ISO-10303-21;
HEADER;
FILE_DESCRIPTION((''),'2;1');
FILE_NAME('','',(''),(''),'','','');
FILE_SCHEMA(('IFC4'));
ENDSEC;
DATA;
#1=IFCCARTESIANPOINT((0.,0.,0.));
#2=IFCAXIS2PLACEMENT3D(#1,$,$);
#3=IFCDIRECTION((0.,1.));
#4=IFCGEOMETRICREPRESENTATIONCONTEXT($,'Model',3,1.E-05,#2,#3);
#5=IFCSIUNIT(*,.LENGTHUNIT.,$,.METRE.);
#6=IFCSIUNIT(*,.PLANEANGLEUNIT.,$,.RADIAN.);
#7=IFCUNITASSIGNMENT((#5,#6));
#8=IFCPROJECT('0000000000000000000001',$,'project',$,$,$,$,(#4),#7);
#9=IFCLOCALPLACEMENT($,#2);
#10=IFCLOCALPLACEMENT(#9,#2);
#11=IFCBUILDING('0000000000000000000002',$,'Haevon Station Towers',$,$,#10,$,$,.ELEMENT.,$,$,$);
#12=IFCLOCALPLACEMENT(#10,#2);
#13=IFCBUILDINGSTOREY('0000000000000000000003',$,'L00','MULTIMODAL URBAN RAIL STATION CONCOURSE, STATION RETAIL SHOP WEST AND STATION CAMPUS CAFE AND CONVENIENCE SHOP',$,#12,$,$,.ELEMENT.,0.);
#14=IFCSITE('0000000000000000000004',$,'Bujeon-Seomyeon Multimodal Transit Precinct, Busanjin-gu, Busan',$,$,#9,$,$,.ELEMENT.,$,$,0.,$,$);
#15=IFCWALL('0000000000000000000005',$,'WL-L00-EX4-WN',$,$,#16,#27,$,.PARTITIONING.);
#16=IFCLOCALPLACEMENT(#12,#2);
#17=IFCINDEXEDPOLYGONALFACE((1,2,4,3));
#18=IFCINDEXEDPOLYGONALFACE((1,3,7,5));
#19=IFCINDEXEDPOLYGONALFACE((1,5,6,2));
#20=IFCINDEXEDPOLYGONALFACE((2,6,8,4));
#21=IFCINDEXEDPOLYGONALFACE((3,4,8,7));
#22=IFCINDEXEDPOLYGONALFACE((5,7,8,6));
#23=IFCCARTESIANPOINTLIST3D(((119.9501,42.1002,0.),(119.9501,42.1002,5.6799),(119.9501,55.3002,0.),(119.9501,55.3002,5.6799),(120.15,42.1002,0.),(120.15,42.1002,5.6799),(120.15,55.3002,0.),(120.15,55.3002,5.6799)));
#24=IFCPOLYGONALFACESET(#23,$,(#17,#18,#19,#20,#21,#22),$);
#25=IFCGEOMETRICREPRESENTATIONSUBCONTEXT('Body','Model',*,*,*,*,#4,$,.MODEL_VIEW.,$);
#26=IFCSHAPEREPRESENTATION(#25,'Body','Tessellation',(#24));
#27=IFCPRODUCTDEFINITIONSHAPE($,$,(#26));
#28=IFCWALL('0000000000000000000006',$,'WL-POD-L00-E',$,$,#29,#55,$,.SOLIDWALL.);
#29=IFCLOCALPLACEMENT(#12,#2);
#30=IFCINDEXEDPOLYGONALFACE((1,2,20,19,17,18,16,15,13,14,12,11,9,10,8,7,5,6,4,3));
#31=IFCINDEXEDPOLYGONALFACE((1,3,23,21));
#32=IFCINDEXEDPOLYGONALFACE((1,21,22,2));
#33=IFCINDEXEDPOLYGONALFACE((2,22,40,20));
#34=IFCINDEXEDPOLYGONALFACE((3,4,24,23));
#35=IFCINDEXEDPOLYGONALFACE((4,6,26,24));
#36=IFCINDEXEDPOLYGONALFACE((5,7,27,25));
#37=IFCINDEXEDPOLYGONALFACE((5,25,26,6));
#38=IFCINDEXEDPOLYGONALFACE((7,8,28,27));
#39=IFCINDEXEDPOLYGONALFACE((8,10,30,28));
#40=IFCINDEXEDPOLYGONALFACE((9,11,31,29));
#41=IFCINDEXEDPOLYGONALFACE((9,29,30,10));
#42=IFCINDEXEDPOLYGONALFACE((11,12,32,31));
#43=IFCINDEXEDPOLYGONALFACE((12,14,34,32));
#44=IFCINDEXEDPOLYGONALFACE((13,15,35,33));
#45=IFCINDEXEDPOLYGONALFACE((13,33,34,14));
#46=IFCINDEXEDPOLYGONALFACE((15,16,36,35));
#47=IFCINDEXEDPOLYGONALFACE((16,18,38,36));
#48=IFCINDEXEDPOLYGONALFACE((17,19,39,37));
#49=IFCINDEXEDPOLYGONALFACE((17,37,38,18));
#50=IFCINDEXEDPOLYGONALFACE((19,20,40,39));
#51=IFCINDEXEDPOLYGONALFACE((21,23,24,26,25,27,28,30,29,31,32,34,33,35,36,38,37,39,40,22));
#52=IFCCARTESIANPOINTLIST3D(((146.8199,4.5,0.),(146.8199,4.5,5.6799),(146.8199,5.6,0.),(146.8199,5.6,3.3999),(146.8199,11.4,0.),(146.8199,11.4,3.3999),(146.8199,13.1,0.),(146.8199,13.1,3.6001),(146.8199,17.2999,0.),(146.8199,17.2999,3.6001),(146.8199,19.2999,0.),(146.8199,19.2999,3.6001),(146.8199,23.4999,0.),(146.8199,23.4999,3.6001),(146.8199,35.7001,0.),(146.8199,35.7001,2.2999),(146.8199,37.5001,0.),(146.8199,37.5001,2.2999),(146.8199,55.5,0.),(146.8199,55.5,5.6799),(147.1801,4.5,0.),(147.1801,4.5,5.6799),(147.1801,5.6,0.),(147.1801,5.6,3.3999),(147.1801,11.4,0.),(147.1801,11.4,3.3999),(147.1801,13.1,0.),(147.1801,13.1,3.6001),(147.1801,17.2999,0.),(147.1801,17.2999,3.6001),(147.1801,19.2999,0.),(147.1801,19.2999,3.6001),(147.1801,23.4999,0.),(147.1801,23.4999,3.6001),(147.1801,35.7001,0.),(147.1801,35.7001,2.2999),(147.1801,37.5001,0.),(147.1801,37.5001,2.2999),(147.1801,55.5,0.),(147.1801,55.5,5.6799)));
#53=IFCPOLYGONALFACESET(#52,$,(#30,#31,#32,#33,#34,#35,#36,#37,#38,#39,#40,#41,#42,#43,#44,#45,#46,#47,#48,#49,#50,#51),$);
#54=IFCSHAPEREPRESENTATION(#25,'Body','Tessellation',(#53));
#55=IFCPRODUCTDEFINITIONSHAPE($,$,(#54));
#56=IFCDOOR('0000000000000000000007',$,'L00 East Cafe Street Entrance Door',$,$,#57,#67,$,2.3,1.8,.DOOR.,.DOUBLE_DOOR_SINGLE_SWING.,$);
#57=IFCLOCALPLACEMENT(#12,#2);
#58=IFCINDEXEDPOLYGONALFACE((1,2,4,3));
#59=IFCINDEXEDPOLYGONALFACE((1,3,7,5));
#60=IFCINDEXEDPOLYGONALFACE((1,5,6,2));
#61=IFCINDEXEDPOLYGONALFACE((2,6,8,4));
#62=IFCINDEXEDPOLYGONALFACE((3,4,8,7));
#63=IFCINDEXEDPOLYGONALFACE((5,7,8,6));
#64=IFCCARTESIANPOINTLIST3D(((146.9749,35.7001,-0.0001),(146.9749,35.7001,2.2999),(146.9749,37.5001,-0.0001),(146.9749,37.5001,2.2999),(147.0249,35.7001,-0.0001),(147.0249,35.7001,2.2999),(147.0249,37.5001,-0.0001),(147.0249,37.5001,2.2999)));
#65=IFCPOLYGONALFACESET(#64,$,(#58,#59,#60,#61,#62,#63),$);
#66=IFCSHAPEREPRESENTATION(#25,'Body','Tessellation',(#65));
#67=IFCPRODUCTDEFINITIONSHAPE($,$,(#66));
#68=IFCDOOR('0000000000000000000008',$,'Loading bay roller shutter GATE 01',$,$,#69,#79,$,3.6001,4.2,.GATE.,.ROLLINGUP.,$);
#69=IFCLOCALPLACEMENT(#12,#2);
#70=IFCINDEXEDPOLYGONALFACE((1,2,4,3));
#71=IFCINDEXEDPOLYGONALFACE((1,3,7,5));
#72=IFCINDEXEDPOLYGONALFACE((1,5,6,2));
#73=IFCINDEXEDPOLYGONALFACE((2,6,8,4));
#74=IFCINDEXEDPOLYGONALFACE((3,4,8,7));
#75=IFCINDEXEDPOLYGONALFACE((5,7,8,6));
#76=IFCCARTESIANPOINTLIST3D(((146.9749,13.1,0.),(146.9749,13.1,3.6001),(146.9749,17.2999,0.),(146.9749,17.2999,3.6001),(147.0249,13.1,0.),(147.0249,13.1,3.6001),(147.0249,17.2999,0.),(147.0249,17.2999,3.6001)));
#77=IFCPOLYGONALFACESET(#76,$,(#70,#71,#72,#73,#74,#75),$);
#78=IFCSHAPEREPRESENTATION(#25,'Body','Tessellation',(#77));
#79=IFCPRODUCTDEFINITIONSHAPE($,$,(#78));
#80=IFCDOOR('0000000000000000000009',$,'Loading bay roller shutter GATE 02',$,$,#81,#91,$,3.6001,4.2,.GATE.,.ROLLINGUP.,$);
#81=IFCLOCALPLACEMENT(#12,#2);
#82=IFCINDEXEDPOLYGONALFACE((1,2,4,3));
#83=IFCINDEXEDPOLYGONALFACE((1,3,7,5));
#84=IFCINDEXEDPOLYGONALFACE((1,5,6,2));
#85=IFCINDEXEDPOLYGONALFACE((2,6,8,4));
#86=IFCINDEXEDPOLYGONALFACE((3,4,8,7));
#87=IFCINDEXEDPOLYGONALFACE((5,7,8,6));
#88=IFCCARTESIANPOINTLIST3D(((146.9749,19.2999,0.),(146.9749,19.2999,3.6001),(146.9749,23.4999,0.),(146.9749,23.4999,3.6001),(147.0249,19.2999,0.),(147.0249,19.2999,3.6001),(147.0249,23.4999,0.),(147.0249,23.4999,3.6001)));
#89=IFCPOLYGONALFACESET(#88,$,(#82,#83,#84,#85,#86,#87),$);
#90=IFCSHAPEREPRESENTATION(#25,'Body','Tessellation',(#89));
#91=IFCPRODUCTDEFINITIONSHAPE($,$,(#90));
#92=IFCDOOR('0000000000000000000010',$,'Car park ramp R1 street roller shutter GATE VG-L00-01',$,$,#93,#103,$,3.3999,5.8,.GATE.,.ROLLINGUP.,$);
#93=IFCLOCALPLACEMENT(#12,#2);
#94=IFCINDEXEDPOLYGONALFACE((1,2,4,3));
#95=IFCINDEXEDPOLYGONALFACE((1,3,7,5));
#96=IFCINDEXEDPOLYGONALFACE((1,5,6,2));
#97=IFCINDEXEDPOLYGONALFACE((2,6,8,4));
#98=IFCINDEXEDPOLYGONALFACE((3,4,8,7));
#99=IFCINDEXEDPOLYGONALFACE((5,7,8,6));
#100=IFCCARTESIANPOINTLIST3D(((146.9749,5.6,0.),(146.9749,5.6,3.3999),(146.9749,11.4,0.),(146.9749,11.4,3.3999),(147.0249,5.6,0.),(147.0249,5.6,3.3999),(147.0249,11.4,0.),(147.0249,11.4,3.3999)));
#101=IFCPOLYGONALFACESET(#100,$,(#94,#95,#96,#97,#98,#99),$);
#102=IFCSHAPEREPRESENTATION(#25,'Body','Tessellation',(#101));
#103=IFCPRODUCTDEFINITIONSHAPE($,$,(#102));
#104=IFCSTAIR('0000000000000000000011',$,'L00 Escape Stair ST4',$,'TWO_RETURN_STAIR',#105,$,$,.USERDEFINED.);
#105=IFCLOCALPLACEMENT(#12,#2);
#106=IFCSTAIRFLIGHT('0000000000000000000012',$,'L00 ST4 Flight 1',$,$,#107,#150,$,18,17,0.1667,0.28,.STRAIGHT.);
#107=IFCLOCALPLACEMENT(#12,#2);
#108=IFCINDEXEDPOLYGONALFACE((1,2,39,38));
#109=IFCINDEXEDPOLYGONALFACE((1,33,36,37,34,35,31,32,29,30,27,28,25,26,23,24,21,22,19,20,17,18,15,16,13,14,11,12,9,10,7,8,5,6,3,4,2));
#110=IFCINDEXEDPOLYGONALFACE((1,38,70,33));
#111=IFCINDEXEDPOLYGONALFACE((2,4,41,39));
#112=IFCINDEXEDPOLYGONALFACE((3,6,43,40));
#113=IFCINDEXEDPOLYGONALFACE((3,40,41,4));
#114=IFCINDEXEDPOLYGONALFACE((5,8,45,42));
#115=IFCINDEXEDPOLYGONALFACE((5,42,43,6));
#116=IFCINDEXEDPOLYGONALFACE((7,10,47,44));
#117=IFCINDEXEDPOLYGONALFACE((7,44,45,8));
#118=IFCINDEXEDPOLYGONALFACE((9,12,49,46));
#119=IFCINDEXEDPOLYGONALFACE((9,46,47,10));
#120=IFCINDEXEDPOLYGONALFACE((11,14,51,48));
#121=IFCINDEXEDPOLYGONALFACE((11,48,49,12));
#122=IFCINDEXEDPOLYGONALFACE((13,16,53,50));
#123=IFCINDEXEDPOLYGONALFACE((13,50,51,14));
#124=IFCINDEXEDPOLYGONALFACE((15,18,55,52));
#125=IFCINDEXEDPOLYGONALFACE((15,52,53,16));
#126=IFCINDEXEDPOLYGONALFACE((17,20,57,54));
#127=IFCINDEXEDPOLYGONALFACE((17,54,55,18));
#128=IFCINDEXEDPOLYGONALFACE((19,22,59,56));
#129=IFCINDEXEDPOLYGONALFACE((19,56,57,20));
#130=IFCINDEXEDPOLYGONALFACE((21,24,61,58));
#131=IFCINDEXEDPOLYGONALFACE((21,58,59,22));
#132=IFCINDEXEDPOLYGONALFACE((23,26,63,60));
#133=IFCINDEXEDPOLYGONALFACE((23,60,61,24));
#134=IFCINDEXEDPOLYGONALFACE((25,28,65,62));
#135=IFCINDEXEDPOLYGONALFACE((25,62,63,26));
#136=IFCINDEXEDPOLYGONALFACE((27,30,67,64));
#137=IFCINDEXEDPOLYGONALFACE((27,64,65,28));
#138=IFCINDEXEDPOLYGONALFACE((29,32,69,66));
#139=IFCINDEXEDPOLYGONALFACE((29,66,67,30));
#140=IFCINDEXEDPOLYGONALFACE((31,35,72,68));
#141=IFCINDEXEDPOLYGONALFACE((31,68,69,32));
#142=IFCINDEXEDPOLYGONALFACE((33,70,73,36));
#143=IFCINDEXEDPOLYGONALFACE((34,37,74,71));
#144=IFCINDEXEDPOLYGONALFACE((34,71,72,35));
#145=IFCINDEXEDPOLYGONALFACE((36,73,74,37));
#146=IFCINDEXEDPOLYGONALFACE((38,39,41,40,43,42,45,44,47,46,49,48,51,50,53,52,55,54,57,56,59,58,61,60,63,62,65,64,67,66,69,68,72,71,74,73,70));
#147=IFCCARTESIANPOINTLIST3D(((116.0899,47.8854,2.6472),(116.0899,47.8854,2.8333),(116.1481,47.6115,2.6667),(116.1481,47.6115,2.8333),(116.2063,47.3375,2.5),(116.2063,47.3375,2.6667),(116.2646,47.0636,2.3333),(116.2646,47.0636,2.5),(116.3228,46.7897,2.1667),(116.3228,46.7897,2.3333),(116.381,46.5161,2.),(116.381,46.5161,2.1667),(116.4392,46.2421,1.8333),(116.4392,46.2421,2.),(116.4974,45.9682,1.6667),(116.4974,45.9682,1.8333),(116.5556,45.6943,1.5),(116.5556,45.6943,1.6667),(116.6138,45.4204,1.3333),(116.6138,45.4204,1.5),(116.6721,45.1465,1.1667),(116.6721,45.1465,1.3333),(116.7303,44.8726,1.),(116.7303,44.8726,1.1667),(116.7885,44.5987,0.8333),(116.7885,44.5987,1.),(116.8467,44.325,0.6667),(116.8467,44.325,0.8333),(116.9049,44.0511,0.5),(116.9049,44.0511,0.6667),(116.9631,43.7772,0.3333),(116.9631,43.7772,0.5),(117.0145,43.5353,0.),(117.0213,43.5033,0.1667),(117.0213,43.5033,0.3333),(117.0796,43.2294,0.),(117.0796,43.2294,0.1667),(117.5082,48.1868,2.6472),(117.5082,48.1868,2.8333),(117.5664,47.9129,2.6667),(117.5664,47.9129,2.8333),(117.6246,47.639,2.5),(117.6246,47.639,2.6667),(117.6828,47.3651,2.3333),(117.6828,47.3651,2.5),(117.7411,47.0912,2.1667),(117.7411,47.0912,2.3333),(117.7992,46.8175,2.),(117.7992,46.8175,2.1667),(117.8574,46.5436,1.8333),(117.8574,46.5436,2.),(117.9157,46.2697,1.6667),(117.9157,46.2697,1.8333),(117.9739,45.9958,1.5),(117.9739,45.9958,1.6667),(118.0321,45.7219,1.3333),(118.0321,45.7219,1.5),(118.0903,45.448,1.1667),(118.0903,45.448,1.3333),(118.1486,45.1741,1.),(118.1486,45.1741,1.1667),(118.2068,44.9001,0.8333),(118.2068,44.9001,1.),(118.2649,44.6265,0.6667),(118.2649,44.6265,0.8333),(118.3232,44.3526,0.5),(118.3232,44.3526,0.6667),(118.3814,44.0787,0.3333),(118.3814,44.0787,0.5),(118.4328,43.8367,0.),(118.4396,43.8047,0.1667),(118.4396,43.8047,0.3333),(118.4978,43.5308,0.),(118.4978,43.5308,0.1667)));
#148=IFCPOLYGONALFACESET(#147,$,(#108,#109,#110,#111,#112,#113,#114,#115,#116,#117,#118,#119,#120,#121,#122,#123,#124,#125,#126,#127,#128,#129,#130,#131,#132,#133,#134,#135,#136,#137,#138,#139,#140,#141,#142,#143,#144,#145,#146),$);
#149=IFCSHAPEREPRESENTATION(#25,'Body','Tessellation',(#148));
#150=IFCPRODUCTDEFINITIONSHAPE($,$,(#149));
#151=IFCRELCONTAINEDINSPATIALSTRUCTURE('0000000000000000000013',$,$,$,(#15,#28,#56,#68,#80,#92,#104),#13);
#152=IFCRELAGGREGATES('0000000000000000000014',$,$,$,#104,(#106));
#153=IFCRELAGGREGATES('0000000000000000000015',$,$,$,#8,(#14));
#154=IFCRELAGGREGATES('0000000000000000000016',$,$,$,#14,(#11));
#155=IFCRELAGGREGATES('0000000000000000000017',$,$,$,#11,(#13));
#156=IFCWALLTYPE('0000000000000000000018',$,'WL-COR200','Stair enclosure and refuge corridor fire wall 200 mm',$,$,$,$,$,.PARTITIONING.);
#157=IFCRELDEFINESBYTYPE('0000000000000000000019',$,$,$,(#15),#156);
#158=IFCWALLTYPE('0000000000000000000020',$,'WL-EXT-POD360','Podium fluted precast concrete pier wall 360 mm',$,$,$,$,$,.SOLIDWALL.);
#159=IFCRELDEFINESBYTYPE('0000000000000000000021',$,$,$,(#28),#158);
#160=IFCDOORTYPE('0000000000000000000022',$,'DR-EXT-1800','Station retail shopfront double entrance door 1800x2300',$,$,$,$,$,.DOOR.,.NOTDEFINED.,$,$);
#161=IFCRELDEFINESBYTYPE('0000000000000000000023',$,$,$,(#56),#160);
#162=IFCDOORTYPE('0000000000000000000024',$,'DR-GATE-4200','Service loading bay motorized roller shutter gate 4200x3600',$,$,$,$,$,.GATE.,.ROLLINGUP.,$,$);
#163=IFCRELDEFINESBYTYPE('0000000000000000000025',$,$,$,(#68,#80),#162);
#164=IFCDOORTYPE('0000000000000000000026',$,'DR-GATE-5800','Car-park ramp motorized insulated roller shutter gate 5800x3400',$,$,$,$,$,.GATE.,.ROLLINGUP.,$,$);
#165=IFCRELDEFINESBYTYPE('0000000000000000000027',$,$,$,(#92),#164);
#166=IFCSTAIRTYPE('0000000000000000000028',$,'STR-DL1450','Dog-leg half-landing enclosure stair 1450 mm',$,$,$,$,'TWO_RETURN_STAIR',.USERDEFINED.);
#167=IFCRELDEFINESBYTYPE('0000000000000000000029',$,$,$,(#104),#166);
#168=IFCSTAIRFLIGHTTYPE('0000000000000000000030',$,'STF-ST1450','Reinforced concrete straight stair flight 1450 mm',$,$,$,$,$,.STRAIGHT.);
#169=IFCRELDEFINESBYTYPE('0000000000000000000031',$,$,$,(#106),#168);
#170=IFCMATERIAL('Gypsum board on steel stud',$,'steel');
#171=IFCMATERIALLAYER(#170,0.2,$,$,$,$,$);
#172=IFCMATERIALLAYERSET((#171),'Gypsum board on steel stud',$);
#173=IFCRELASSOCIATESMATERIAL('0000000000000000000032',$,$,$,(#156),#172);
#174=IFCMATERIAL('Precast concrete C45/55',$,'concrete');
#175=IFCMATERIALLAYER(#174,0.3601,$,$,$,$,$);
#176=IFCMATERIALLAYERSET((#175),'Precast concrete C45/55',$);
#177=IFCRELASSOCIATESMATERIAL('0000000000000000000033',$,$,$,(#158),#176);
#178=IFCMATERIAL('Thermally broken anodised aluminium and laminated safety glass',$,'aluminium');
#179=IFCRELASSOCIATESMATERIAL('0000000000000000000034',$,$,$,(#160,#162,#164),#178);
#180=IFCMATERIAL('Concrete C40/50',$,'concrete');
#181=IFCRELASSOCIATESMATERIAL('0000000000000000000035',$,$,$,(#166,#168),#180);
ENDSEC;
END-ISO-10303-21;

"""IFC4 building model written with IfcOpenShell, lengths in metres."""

from ifc_helpers import new_model, si_unit, direction, frame, frame_2d, origin, place, context, subcontext, project, spatial, polyline, rectangle, outline, extrude, material, layer, layer_set, type_object, element, fill, aggregate, save


model = new_model("IFC4")

# Units and contexts
model_context = context("Model", 3, precision=1e-05, world=origin(), true_north=direction((0.0, 1.0)))
body_context = subcontext(model_context, "Body", "Model", "MODEL_VIEW")
ifc_project = project(units=[si_unit("LENGTHUNIT", "METRE"), si_unit("PLANEANGLEUNIT", "RADIAN")], contexts=[model_context])

# Site, building, storey
site_placement = place(None, origin())
site = spatial("IfcSite", under=ifc_project, at=site_placement, Name="Bujeon-Seomyeon Multimodal Transit Precinct, Busanjin-gu, Busan", CompositionType="ELEMENT", RefElevation=0.0)
building_placement = place(site_placement, origin())
building = spatial("IfcBuilding", under=site, at=building_placement, Name="Haevon Station Towers", CompositionType="ELEMENT")
storey_placement = place(building_placement, origin())
storey = spatial("IfcBuildingStorey", under=building, at=storey_placement, Name="L00", Description="MULTIMODAL URBAN RAIL STATION CONCOURSE, STATION RETAIL SHOP WEST AND STATION CAMPUS CAFE AND CONVENIENCE SHOP", CompositionType="ELEMENT", Elevation=0.0)

# Shared definitions
ifc_material_1 = material(Name="Gypsum board on steel stud", Category="steel")
ifc_layer_1 = layer(ifc_material_1, 0.2)
ifc_layer_set_1 = layer_set([ifc_layer_1], Name="Gypsum board on steel stud")
wall_type_1 = type_object("IfcWallType", Name="WL-COR200", Description="Stair enclosure and refuge corridor fire wall 200 mm", PredefinedType="PARTITIONING", material=ifc_layer_set_1)

# Wall
wall_1_placement = place(storey_placement, frame((120.05, 42.1001, 0.0), z_axis=(0.0, 0.0, 1.0), x_axis=(0.0, 1.0, 0.0)))
element("IfcWall", 1, at=wall_1_placement, inside=storey, type_object=wall_type_1, Name="WL-L00-EX4-WN", PredefinedType="PARTITIONING", context=body_context, shape_type="SweptSolid", body=[
    extrude(rectangle(XDim=13.2, YDim=0.2, at=frame_2d((6.6001, 0.0))), origin(), (0.0, 0.0, 1.0), 5.6799),
])

# Wall, openings, doors
ifc_material_2 = material(Name="Precast concrete C45/55", Category="concrete")
ifc_layer_2 = layer(ifc_material_2, 0.3601)
ifc_layer_set_2 = layer_set([ifc_layer_2], Name="Precast concrete C45/55")
wall_type_2 = type_object("IfcWallType", Name="WL-EXT-POD360", Description="Podium fluted precast concrete pier wall 360 mm", PredefinedType="SOLIDWALL", material=ifc_layer_set_2)
wall_2_placement = place(storey_placement, frame((147.0, 55.5, 0.0), z_axis=(0.0, 0.0, 1.0), x_axis=(0.0, -1.0, 0.0)))
wall_2 = element("IfcWall", 2, at=wall_2_placement, inside=storey, type_object=wall_type_2, Name="WL-POD-L00-E", PredefinedType="SOLIDWALL", context=body_context, shape_type="SweptSolid", body=[
    extrude(rectangle(XDim=51.0, YDim=0.3601, at=frame_2d((25.5, 0.0))), origin(), (0.0, 0.0, 1.0), 5.6799),
])
opening_1_placement = place(wall_2_placement, frame((18.0, 0.0, 0.0)))
opening_1 = element("IfcOpeningElement", 3, at=opening_1_placement, cuts=wall_2, PredefinedType="OPENING", context=body_context, shape_type="SweptSolid", body=[
    extrude(rectangle(XDim=1.8, YDim=2.3, at=frame_2d((0.8999, 1.1499))), frame((0.0, 0.1899, 0.0), z_axis=(0.0, -1.0, 0.0), x_axis=(1.0, 0.0, 0.0)), (0.0, 0.0, 1.0), 0.3801),
])
opening_2_placement = place(wall_2_placement, frame((44.1001, 0.0, 0.0)))
opening_2 = element("IfcOpeningElement", 4, at=opening_2_placement, cuts=wall_2, PredefinedType="OPENING", context=body_context, shape_type="SweptSolid", body=[
    extrude(rectangle(XDim=5.8, YDim=3.3999, at=frame_2d((2.8999, 1.7))), frame((0.0, 0.1899, 0.0), z_axis=(0.0, -1.0, 0.0), x_axis=(1.0, 0.0, 0.0)), (0.0, 0.0, 1.0), 0.3801),
])
opening_3_placement = place(wall_2_placement, frame((38.2, 0.0, 0.0)))
opening_3 = element("IfcOpeningElement", 5, at=opening_3_placement, cuts=wall_2, PredefinedType="OPENING", context=body_context, shape_type="SweptSolid", body=[
    extrude(rectangle(XDim=4.2, YDim=3.6001, at=frame_2d((2.1001, 1.8))), frame((0.0, 0.1899, 0.0), z_axis=(0.0, -1.0, 0.0), x_axis=(1.0, 0.0, 0.0)), (0.0, 0.0, 1.0), 0.3801),
])
opening_4_placement = place(wall_2_placement, frame((32.0, 0.0, 0.0)))
opening_4 = element("IfcOpeningElement", 6, at=opening_4_placement, cuts=wall_2, PredefinedType="OPENING", context=body_context, shape_type="SweptSolid", body=[
    extrude(rectangle(XDim=4.2, YDim=3.6001, at=frame_2d((2.1001, 1.8))), frame((0.0, 0.1899, 0.0), z_axis=(0.0, -1.0, 0.0), x_axis=(1.0, 0.0, 0.0)), (0.0, 0.0, 1.0), 0.3801),
])
ifc_material_3 = material(Name="Thermally broken anodised aluminium and laminated safety glass", Category="aluminium")
door_type_1 = type_object("IfcDoorType", Name="DR-EXT-1800", Description="Station retail shopfront double entrance door 1800x2300", OperationType="NOTDEFINED", PredefinedType="DOOR", material=ifc_material_3)
door_1_placement = place(opening_1_placement, origin())
door_1 = element("IfcDoor", 7, at=door_1_placement, inside=storey, type_object=door_type_1, Name="L00 East Cafe Street Entrance Door", OperationType="DOUBLE_DOOR_SINGLE_SWING", OverallHeight=2.3, OverallWidth=1.8, PredefinedType="DOOR", context=body_context, shape_type="SweptSolid", body=[
    extrude(rectangle(XDim=1.8, YDim=2.3, at=frame_2d((0.8999, 1.1499))), frame((0.0, 0.0249, 0.0), z_axis=(0.0, -1.0, 0.0), x_axis=(1.0, 0.0, 0.0)), (0.0, 0.0, 1.0), 0.05),
])
fill(opening_1, door_1)
door_type_2 = type_object("IfcDoorType", Name="DR-GATE-4200", Description="Service loading bay motorized roller shutter gate 4200x3600", OperationType="ROLLINGUP", PredefinedType="GATE", material=ifc_material_3)
door_2_placement = place(opening_3_placement, origin())
door_2 = element("IfcDoor", 8, at=door_2_placement, inside=storey, type_object=door_type_2, Name="Loading bay roller shutter GATE 01", OperationType="ROLLINGUP", OverallHeight=3.6001, OverallWidth=4.2, PredefinedType="GATE", context=body_context, shape_type="SweptSolid", body=[
    extrude(rectangle(XDim=4.2, YDim=3.6001, at=frame_2d((2.1001, 1.8))), frame((0.0, 0.0249, 0.0), z_axis=(0.0, -1.0, 0.0), x_axis=(1.0, 0.0, 0.0)), (0.0, 0.0, 1.0), 0.05),
])
fill(opening_3, door_2)
door_3_placement = place(opening_4_placement, origin())
door_3 = element("IfcDoor", 9, at=door_3_placement, inside=storey, type_object=door_type_2, Name="Loading bay roller shutter GATE 02", OperationType="ROLLINGUP", OverallHeight=3.6001, OverallWidth=4.2, PredefinedType="GATE", context=body_context, shape_type="SweptSolid", body=[
    extrude(rectangle(XDim=4.2, YDim=3.6001, at=frame_2d((2.1001, 1.8))), frame((0.0, 0.0249, 0.0), z_axis=(0.0, -1.0, 0.0), x_axis=(1.0, 0.0, 0.0)), (0.0, 0.0, 1.0), 0.05),
])
fill(opening_4, door_3)
door_type_3 = type_object("IfcDoorType", Name="DR-GATE-5800", Description="Car-park ramp motorized insulated roller shutter gate 5800x3400", OperationType="ROLLINGUP", PredefinedType="GATE", material=ifc_material_3)
door_4_placement = place(opening_2_placement, origin())
door_4 = element("IfcDoor", 10, at=door_4_placement, inside=storey, type_object=door_type_3, Name="Car park ramp R1 street roller shutter GATE VG-L00-01", OperationType="ROLLINGUP", OverallHeight=3.3999, OverallWidth=5.8, PredefinedType="GATE", context=body_context, shape_type="SweptSolid", body=[
    extrude(rectangle(XDim=5.8, YDim=3.3999, at=frame_2d((2.8999, 1.7))), frame((0.0, 0.0249, 0.0), z_axis=(0.0, -1.0, 0.0), x_axis=(1.0, 0.0, 0.0)), (0.0, 0.0, 1.0), 0.05),
])
fill(opening_2, door_4)

# Stair, stair flight
ifc_material_4 = material(Name="Concrete C40/50", Category="concrete")
stair_type = type_object("IfcStairType", Name="STR-DL1450", Description="Dog-leg half-landing enclosure stair 1450 mm", ElementType="TWO_RETURN_STAIR", PredefinedType="USERDEFINED", material=ifc_material_4)
stair_placement = place(storey_placement, origin())
stair = element("IfcStair", 11, at=stair_placement, inside=storey, type_object=stair_type, Name="L00 Escape Stair ST4", ObjectType="TWO_RETURN_STAIR", PredefinedType="USERDEFINED")
stair_flight_type = type_object("IfcStairFlightType", Name="STF-ST1450", Description="Reinforced concrete straight stair flight 1450 mm", PredefinedType="STRAIGHT", material=ifc_material_4)
stair_flight_placement = place(storey_placement, frame((117.7888, 43.3801, 0.0), z_axis=(0.0, 0.0, 1.0), x_axis=(-0.207912, 0.978148, 0.0)))
stair_flight = element("IfcStairFlight", 12, at=stair_flight_placement, type_object=stair_flight_type, Name="L00 ST4 Flight 1", NumberOfRisers=18, NumberOfTreads=17, PredefinedType="STRAIGHT", RiserHeight=0.1667, TreadLength=0.28, context=body_context, shape_type="SweptSolid", body=[
    extrude(outline(polyline([(0.0, 0.0), (0.0, 0.1667), (0.28, 0.1667), (0.28, 0.3333), (0.5601, 0.3333), (0.5601, 0.5), (0.8401, 0.5), (0.8401, 0.6667), (1.1201, 0.6667), (1.1201, 0.8333), (1.3999, 0.8333), (1.3999, 1.0), (1.6799, 1.0), (1.6799, 1.1667), (1.96, 1.1667), (1.96, 1.3333), (2.24, 1.3333), (2.24, 1.5), (2.52, 1.5), (2.52, 1.6667), (2.8, 1.6667), (2.8, 1.8333), (3.0801, 1.8333), (3.0801, 2.0), (3.3601, 2.0), (3.3601, 2.1667), (3.6399, 2.1667), (3.6399, 2.3333), (3.9199, 2.3333), (3.9199, 2.5), (4.2, 2.5), (4.2, 2.6667), (4.48, 2.6667), (4.48, 2.8333), (4.76, 2.8333), (4.76, 3.0), (4.76, 2.6472), (0.3127, 0.0), (0.0, 0.0)])), frame((0.0, 0.7251, 0.0), z_axis=(0.0, -1.0, 0.0), x_axis=(1.0, 0.0, 0.0)), (0.0, 0.0, 1.0), 1.45),
])
aggregate(stair, [stair_flight])

save(model, "model.ifc")
